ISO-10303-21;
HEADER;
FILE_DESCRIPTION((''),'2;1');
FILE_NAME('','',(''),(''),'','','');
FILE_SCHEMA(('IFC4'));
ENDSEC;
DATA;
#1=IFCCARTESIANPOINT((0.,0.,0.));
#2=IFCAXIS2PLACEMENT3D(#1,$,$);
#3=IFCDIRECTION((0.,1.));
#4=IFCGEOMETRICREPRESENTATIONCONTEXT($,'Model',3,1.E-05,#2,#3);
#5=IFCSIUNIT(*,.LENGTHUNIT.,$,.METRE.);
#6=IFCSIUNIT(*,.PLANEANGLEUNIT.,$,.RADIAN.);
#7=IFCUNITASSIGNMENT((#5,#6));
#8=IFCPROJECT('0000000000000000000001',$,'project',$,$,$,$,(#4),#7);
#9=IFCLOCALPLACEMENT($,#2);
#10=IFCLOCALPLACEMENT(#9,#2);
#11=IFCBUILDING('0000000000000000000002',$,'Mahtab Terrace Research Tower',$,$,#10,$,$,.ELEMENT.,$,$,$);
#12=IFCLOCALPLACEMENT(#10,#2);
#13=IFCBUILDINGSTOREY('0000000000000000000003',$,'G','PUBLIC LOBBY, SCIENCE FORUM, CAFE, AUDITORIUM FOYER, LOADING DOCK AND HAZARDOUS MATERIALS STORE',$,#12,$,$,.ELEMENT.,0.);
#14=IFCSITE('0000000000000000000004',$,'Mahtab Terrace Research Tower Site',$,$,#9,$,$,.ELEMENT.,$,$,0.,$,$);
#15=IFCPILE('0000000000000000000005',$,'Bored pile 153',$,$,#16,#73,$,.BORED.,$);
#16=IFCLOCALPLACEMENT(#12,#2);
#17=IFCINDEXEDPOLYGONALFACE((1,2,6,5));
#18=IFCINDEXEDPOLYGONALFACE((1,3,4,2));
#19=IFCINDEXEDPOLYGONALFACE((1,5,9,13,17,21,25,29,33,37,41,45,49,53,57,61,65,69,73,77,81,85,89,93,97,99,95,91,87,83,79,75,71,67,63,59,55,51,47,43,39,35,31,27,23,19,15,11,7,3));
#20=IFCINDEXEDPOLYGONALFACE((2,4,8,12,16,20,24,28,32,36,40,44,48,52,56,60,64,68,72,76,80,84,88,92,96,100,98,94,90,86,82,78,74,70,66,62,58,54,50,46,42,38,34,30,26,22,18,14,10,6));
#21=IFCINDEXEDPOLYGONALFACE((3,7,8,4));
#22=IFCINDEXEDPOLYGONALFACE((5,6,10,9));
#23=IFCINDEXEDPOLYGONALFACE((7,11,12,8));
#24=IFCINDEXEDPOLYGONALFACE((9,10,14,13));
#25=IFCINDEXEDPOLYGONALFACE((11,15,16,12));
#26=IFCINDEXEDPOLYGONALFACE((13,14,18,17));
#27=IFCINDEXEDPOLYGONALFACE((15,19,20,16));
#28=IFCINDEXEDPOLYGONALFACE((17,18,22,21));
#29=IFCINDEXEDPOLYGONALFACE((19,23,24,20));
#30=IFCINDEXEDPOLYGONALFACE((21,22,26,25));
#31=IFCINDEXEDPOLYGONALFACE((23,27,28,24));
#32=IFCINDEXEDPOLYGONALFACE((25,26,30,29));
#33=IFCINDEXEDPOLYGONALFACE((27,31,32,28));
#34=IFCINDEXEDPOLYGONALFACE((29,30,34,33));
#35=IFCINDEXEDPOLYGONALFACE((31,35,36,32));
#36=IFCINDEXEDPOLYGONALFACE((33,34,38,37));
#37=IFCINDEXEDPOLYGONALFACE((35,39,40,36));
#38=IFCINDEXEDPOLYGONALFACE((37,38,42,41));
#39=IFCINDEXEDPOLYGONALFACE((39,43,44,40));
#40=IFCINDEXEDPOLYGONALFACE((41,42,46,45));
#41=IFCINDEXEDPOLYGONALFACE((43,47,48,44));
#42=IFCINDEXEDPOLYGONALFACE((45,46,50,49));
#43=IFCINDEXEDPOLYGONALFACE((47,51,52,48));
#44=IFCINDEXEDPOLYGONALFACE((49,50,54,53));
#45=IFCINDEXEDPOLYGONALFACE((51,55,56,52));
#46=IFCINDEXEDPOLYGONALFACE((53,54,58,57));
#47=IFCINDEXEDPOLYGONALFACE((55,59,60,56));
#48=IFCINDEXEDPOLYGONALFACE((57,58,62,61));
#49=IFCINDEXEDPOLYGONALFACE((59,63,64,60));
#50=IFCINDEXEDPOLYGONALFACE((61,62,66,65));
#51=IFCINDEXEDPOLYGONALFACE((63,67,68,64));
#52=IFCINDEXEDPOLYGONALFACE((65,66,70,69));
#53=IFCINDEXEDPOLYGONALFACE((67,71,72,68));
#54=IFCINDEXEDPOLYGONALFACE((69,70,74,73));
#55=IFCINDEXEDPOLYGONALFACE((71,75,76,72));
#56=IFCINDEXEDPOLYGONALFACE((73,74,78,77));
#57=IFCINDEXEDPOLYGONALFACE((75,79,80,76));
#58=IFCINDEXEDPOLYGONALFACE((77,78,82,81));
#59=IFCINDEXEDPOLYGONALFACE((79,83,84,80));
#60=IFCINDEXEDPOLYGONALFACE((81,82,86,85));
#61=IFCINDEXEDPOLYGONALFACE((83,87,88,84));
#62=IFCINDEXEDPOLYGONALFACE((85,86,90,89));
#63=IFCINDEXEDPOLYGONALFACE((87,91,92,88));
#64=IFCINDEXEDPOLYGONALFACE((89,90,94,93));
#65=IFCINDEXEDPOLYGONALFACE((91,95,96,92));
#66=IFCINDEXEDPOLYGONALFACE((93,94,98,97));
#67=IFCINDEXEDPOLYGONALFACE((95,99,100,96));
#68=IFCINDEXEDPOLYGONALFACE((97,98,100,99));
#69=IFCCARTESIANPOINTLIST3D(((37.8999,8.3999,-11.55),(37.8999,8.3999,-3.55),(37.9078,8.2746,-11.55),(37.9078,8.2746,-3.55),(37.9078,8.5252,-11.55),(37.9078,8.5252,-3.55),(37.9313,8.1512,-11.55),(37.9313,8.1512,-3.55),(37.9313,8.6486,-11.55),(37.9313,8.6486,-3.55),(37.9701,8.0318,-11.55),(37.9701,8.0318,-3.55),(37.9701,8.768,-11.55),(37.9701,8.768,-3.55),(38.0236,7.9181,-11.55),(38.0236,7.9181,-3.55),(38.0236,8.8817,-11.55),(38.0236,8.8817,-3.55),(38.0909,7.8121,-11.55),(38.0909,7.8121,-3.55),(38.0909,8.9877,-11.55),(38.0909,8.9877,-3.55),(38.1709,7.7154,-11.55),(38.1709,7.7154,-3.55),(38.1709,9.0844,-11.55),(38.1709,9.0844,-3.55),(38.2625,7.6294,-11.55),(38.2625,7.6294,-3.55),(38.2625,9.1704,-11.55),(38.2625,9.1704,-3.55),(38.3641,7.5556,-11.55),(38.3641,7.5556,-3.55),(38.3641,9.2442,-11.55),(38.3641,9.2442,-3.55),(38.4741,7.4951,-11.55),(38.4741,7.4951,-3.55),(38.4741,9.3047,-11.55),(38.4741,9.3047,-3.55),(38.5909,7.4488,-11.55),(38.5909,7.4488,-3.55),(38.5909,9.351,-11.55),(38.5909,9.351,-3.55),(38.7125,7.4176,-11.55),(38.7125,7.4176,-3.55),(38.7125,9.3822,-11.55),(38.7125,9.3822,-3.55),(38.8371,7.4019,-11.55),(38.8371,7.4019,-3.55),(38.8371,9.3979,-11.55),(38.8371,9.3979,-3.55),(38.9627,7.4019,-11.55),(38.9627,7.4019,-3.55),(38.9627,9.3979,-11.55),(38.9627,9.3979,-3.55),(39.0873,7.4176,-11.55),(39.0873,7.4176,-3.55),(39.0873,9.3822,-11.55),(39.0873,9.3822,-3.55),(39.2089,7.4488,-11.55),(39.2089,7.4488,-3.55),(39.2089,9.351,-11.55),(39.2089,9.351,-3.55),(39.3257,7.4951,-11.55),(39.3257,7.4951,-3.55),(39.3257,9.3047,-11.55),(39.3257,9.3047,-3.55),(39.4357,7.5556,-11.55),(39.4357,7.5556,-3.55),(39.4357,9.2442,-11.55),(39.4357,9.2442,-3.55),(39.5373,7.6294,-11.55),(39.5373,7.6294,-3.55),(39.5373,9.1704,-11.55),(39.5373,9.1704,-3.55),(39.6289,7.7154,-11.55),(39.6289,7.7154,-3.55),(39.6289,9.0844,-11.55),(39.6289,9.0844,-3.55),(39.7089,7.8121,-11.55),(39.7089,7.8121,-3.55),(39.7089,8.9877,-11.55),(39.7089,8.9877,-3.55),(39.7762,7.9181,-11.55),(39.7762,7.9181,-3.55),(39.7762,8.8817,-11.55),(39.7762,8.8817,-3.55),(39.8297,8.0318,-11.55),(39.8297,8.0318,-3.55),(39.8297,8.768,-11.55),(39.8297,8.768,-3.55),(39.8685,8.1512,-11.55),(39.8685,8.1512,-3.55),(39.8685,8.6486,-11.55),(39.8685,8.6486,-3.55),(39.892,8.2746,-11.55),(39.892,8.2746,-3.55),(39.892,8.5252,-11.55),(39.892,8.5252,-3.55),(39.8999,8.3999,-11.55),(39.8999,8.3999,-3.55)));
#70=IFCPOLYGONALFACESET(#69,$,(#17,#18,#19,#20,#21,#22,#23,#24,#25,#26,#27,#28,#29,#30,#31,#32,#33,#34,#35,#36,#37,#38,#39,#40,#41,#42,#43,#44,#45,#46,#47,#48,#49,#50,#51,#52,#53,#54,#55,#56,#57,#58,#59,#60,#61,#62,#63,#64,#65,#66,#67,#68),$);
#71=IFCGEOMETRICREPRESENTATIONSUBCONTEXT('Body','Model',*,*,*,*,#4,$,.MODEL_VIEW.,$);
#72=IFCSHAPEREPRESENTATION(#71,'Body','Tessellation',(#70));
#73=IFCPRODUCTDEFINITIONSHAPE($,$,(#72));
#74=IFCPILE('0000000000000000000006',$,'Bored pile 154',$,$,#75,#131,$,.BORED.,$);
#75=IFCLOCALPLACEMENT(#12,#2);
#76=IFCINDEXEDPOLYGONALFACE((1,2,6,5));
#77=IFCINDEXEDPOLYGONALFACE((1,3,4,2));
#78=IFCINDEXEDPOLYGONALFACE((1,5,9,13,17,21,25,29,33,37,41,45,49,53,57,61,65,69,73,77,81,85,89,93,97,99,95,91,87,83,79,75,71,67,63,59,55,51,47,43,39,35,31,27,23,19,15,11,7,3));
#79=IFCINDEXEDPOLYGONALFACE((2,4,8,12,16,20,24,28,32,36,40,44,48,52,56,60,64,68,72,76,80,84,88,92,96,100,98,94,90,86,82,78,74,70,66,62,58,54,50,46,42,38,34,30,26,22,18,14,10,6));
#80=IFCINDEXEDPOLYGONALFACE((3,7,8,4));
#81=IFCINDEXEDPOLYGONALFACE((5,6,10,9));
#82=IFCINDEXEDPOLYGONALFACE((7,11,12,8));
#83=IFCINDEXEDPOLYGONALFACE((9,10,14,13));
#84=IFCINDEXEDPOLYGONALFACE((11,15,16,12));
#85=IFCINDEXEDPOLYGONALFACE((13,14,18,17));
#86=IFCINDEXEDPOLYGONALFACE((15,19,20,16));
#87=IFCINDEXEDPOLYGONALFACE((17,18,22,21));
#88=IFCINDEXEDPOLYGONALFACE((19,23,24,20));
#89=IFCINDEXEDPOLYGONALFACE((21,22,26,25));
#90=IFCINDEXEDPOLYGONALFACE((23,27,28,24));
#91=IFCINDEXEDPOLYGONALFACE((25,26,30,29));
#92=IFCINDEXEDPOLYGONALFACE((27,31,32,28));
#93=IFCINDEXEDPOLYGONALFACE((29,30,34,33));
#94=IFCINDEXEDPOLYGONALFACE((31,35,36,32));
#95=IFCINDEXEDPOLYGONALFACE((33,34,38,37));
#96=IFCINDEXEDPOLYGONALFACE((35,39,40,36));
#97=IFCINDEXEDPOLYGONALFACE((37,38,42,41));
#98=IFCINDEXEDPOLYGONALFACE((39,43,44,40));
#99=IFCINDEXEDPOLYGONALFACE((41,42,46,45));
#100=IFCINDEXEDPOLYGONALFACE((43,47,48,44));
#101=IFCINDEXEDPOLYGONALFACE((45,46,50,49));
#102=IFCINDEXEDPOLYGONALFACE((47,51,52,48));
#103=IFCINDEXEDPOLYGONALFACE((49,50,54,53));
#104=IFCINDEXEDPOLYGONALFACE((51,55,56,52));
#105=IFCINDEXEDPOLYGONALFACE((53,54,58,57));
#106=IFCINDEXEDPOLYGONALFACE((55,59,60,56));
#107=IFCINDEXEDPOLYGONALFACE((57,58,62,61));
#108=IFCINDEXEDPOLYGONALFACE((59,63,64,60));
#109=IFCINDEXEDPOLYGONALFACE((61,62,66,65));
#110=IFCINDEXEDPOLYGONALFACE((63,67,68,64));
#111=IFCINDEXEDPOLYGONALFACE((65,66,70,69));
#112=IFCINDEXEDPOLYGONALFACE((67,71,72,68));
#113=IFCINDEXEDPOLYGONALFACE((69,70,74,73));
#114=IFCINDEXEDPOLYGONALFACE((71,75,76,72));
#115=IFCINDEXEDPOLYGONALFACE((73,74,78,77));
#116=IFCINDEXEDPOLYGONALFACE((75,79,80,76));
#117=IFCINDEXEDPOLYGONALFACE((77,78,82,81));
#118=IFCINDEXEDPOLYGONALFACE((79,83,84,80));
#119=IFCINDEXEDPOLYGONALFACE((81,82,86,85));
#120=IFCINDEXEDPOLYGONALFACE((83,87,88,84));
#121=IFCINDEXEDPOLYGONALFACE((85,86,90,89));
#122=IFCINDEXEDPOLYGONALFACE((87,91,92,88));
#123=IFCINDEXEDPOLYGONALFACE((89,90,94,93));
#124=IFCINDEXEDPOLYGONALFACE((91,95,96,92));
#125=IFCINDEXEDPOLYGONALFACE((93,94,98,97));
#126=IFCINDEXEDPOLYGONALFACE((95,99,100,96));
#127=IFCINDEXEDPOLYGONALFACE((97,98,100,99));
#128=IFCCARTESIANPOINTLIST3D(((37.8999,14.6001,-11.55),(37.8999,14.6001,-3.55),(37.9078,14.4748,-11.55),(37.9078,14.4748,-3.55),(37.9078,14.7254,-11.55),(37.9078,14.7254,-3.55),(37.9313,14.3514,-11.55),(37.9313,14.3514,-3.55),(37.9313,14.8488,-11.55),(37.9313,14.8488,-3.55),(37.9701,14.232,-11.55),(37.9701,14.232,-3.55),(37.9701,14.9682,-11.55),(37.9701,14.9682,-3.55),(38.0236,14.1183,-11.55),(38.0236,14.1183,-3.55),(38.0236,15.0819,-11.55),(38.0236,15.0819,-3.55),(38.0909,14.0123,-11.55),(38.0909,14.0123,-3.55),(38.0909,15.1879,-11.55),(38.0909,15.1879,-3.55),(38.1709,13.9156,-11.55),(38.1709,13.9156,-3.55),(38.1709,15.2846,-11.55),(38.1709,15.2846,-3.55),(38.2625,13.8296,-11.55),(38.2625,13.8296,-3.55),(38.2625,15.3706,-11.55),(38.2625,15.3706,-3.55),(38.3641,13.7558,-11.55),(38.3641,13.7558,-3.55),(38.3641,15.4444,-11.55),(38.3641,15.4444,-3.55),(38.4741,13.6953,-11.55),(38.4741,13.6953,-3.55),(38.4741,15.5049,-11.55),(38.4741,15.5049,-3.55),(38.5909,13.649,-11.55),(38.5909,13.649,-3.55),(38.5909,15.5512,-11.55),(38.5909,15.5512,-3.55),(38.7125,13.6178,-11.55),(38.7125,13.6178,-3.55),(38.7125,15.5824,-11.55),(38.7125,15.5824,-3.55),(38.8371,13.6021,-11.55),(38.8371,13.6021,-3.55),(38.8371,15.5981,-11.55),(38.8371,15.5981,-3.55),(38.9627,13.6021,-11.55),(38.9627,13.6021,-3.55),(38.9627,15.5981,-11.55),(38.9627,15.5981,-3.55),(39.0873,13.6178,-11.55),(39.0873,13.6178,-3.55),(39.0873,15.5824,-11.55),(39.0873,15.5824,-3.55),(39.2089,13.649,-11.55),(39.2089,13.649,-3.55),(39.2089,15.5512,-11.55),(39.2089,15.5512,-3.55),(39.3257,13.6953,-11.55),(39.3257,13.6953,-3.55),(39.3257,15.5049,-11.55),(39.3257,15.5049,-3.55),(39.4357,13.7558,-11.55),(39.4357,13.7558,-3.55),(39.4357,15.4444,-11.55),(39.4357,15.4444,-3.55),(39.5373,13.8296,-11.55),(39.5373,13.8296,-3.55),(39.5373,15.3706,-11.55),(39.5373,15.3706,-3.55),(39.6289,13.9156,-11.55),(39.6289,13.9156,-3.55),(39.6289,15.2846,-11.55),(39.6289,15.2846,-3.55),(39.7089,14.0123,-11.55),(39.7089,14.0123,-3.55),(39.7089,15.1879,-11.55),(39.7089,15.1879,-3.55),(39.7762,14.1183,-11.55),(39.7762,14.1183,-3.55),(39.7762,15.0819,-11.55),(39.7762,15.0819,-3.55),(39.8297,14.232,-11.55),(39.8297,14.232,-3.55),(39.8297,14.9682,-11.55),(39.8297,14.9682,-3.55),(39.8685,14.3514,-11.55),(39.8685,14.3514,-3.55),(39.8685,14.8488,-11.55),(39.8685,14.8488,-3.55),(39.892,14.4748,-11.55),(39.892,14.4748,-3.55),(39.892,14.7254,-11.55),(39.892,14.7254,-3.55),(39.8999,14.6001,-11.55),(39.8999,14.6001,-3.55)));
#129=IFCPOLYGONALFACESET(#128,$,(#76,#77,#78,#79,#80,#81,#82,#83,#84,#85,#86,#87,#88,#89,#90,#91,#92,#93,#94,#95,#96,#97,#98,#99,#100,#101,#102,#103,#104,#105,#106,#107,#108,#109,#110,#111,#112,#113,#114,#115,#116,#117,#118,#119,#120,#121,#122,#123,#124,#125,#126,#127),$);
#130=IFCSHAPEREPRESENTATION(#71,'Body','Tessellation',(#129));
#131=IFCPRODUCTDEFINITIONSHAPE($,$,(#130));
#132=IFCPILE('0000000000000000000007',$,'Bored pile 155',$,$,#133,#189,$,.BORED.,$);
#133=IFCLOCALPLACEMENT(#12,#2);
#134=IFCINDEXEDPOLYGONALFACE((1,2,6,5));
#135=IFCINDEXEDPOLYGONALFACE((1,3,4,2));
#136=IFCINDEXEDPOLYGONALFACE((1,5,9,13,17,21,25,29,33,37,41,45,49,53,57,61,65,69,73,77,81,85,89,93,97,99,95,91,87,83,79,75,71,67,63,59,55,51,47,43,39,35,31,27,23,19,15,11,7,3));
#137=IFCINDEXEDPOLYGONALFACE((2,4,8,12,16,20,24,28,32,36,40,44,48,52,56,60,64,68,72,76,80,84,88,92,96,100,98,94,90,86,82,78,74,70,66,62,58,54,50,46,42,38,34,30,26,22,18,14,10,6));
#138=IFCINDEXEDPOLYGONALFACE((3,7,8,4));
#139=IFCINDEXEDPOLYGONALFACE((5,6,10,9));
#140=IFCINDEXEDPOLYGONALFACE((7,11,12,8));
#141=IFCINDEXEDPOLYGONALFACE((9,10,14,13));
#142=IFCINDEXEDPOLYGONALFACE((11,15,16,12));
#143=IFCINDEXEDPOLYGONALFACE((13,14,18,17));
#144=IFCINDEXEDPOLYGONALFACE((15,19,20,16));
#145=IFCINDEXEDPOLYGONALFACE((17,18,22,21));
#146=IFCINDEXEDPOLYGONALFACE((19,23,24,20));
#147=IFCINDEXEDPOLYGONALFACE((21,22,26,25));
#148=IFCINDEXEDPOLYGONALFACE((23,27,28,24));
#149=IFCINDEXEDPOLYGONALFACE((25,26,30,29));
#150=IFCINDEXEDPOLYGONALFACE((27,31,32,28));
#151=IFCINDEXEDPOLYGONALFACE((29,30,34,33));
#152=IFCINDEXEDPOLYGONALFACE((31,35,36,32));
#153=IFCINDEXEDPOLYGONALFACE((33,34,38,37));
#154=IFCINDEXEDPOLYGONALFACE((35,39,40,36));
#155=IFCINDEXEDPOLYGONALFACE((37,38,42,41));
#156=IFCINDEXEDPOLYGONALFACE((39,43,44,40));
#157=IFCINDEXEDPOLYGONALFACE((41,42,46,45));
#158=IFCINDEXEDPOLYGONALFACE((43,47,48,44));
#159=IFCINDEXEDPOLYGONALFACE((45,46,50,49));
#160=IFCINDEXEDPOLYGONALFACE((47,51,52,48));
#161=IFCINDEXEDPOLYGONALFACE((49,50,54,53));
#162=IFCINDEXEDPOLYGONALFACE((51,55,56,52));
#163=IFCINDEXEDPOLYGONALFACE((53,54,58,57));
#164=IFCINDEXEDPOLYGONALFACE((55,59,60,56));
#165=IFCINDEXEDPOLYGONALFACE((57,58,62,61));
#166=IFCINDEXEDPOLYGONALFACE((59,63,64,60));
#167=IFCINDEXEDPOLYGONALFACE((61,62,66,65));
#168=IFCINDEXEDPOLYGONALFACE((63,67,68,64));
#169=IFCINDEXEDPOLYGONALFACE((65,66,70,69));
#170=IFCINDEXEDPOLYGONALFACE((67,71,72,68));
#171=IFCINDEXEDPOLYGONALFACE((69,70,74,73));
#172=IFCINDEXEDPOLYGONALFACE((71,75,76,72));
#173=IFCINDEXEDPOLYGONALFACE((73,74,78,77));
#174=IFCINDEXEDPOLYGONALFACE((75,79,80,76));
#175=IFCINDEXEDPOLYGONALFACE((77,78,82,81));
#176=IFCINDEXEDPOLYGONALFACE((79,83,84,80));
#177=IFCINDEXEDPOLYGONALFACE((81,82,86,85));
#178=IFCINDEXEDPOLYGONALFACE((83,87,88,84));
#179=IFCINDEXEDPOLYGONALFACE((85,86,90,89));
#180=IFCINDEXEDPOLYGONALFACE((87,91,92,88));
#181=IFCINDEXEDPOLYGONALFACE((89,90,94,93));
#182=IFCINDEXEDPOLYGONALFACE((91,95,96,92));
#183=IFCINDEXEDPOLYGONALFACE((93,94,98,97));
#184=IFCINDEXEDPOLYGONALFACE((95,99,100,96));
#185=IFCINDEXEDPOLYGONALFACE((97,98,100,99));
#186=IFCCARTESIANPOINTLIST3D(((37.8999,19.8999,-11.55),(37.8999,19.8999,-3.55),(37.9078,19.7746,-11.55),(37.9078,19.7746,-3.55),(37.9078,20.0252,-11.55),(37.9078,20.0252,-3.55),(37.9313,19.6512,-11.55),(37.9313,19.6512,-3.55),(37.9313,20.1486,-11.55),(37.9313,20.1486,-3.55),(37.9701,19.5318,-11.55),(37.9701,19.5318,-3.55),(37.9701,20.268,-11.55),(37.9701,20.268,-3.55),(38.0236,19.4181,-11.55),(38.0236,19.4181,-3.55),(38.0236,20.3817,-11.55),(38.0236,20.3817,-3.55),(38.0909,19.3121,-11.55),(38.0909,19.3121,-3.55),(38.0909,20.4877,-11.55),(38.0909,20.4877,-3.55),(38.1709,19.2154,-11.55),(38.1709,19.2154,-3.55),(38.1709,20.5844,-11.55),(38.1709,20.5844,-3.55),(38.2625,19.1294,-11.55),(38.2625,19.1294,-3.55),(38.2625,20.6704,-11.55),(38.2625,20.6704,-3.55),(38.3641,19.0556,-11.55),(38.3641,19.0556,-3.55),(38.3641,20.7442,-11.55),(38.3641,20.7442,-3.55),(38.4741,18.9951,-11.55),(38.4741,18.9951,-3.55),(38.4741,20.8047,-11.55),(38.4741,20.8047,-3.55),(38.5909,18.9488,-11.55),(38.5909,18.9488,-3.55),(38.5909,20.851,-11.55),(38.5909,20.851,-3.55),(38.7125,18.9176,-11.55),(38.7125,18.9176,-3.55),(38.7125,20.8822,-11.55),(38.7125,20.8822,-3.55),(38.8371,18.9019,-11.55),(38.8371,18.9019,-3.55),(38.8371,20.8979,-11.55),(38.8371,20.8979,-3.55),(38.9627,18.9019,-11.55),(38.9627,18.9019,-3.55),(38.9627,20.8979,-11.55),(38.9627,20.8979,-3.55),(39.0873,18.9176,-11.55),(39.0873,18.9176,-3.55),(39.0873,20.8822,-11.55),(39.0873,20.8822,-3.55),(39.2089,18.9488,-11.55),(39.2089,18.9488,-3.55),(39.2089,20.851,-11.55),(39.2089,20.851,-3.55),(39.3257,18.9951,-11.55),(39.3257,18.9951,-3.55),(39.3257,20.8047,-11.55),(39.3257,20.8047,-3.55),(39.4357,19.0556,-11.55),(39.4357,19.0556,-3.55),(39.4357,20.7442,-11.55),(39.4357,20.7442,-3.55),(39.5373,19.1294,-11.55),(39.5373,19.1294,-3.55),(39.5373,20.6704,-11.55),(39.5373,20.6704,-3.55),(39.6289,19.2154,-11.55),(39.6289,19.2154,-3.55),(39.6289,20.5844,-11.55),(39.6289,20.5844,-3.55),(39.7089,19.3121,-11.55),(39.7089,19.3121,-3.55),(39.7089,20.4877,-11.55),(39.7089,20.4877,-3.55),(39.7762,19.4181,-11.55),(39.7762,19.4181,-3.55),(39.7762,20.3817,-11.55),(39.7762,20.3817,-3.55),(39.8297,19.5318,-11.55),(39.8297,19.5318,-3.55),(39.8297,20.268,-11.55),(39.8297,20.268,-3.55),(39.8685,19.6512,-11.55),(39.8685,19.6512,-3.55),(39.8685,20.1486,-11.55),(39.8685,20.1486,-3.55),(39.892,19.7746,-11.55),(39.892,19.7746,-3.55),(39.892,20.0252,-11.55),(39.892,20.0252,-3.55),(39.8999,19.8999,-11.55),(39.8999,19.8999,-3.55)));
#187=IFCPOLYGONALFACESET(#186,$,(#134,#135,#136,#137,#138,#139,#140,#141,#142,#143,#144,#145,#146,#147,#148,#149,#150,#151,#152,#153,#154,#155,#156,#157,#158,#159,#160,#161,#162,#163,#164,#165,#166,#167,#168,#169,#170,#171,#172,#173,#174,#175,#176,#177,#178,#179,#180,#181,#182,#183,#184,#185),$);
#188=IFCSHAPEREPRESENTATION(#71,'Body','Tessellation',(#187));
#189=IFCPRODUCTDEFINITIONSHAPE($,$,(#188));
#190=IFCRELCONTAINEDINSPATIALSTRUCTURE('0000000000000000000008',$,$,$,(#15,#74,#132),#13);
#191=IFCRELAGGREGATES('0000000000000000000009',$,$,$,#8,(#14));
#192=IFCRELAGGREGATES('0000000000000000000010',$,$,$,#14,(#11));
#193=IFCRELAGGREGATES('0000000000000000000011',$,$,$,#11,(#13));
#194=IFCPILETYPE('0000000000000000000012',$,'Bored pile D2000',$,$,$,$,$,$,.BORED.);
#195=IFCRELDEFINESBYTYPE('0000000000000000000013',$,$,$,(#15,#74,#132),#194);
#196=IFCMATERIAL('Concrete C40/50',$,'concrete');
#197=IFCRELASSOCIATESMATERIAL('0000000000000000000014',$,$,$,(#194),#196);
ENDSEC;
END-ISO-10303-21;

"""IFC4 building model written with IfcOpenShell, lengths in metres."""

from ifc_helpers import new_model, si_unit, direction, frame, origin, origin_2d, place, context, subcontext, project, spatial, circle, extrude, material, material_profile, profile_set, type_object, element, save


model = new_model("IFC4")

# Units and contexts
model_context = context("Model", 3, precision=1e-05, world=origin(), true_north=direction((0.0, 1.0)))
body_context = subcontext(model_context, "Body", "Model", "MODEL_VIEW")
ifc_project = project(units=[si_unit("LENGTHUNIT", "METRE"), si_unit("PLANEANGLEUNIT", "RADIAN")], contexts=[model_context])

# Site, building, storey
site_placement = place(None, origin())
site = spatial("IfcSite", under=ifc_project, at=site_placement, Name="Mahtab Terrace Research Tower Site", CompositionType="ELEMENT", RefElevation=0.0)
building_placement = place(site_placement, origin())
building = spatial("IfcBuilding", under=site, at=building_placement, Name="Mahtab Terrace Research Tower", CompositionType="ELEMENT")
storey_placement = place(building_placement, origin())
storey = spatial("IfcBuildingStorey", under=building, at=storey_placement, Name="G", Description="PUBLIC LOBBY, SCIENCE FORUM, CAFE, AUDITORIUM FOYER, LOADING DOCK AND HAZARDOUS MATERIALS STORE", CompositionType="ELEMENT", Elevation=0.0)

# Piles
ifc_material_1 = material(Name="Concrete C40/50", Category="concrete")
ifc_material_profile_1 = material_profile(ifc_material_1, circle(Radius=1.0, at=origin_2d()), Name="Bored pile D2000")
ifc_profile_set_1 = profile_set([ifc_material_profile_1], Name="Concrete C40/50")
pile_type_1 = type_object("IfcPileType", Name="Bored pile D2000", PredefinedType="BORED", material=ifc_profile_set_1)
for number, where, z_axis, x_axis, name in (
    (1, (38.8999, 8.3999, -3.55), (0.0, 0.0, -1.0), (1.0, 0.0, 0.0), "Bored pile 153"),
    (2, (38.8999, 14.6001, -3.55), (0.0, 0.0, -1.0), (1.0, 0.0, 0.0), "Bored pile 154"),
    (3, (38.8999, 19.8999, -3.55), (0.0, 0.0, -1.0), (1.0, 0.0, 0.0), "Bored pile 155"),
):
    element("IfcPile", number, at=place(storey_placement, frame(where, z_axis=z_axis, x_axis=x_axis)), inside=storey, type_object=pile_type_1, Name=name, PredefinedType="BORED", context=body_context, shape_type="SweptSolid", body=[
        extrude(circle(Radius=1.0, at=origin_2d()), origin(), (0.0, 0.0, 1.0), 8.0),
    ])

save(model, "model.ifc")
